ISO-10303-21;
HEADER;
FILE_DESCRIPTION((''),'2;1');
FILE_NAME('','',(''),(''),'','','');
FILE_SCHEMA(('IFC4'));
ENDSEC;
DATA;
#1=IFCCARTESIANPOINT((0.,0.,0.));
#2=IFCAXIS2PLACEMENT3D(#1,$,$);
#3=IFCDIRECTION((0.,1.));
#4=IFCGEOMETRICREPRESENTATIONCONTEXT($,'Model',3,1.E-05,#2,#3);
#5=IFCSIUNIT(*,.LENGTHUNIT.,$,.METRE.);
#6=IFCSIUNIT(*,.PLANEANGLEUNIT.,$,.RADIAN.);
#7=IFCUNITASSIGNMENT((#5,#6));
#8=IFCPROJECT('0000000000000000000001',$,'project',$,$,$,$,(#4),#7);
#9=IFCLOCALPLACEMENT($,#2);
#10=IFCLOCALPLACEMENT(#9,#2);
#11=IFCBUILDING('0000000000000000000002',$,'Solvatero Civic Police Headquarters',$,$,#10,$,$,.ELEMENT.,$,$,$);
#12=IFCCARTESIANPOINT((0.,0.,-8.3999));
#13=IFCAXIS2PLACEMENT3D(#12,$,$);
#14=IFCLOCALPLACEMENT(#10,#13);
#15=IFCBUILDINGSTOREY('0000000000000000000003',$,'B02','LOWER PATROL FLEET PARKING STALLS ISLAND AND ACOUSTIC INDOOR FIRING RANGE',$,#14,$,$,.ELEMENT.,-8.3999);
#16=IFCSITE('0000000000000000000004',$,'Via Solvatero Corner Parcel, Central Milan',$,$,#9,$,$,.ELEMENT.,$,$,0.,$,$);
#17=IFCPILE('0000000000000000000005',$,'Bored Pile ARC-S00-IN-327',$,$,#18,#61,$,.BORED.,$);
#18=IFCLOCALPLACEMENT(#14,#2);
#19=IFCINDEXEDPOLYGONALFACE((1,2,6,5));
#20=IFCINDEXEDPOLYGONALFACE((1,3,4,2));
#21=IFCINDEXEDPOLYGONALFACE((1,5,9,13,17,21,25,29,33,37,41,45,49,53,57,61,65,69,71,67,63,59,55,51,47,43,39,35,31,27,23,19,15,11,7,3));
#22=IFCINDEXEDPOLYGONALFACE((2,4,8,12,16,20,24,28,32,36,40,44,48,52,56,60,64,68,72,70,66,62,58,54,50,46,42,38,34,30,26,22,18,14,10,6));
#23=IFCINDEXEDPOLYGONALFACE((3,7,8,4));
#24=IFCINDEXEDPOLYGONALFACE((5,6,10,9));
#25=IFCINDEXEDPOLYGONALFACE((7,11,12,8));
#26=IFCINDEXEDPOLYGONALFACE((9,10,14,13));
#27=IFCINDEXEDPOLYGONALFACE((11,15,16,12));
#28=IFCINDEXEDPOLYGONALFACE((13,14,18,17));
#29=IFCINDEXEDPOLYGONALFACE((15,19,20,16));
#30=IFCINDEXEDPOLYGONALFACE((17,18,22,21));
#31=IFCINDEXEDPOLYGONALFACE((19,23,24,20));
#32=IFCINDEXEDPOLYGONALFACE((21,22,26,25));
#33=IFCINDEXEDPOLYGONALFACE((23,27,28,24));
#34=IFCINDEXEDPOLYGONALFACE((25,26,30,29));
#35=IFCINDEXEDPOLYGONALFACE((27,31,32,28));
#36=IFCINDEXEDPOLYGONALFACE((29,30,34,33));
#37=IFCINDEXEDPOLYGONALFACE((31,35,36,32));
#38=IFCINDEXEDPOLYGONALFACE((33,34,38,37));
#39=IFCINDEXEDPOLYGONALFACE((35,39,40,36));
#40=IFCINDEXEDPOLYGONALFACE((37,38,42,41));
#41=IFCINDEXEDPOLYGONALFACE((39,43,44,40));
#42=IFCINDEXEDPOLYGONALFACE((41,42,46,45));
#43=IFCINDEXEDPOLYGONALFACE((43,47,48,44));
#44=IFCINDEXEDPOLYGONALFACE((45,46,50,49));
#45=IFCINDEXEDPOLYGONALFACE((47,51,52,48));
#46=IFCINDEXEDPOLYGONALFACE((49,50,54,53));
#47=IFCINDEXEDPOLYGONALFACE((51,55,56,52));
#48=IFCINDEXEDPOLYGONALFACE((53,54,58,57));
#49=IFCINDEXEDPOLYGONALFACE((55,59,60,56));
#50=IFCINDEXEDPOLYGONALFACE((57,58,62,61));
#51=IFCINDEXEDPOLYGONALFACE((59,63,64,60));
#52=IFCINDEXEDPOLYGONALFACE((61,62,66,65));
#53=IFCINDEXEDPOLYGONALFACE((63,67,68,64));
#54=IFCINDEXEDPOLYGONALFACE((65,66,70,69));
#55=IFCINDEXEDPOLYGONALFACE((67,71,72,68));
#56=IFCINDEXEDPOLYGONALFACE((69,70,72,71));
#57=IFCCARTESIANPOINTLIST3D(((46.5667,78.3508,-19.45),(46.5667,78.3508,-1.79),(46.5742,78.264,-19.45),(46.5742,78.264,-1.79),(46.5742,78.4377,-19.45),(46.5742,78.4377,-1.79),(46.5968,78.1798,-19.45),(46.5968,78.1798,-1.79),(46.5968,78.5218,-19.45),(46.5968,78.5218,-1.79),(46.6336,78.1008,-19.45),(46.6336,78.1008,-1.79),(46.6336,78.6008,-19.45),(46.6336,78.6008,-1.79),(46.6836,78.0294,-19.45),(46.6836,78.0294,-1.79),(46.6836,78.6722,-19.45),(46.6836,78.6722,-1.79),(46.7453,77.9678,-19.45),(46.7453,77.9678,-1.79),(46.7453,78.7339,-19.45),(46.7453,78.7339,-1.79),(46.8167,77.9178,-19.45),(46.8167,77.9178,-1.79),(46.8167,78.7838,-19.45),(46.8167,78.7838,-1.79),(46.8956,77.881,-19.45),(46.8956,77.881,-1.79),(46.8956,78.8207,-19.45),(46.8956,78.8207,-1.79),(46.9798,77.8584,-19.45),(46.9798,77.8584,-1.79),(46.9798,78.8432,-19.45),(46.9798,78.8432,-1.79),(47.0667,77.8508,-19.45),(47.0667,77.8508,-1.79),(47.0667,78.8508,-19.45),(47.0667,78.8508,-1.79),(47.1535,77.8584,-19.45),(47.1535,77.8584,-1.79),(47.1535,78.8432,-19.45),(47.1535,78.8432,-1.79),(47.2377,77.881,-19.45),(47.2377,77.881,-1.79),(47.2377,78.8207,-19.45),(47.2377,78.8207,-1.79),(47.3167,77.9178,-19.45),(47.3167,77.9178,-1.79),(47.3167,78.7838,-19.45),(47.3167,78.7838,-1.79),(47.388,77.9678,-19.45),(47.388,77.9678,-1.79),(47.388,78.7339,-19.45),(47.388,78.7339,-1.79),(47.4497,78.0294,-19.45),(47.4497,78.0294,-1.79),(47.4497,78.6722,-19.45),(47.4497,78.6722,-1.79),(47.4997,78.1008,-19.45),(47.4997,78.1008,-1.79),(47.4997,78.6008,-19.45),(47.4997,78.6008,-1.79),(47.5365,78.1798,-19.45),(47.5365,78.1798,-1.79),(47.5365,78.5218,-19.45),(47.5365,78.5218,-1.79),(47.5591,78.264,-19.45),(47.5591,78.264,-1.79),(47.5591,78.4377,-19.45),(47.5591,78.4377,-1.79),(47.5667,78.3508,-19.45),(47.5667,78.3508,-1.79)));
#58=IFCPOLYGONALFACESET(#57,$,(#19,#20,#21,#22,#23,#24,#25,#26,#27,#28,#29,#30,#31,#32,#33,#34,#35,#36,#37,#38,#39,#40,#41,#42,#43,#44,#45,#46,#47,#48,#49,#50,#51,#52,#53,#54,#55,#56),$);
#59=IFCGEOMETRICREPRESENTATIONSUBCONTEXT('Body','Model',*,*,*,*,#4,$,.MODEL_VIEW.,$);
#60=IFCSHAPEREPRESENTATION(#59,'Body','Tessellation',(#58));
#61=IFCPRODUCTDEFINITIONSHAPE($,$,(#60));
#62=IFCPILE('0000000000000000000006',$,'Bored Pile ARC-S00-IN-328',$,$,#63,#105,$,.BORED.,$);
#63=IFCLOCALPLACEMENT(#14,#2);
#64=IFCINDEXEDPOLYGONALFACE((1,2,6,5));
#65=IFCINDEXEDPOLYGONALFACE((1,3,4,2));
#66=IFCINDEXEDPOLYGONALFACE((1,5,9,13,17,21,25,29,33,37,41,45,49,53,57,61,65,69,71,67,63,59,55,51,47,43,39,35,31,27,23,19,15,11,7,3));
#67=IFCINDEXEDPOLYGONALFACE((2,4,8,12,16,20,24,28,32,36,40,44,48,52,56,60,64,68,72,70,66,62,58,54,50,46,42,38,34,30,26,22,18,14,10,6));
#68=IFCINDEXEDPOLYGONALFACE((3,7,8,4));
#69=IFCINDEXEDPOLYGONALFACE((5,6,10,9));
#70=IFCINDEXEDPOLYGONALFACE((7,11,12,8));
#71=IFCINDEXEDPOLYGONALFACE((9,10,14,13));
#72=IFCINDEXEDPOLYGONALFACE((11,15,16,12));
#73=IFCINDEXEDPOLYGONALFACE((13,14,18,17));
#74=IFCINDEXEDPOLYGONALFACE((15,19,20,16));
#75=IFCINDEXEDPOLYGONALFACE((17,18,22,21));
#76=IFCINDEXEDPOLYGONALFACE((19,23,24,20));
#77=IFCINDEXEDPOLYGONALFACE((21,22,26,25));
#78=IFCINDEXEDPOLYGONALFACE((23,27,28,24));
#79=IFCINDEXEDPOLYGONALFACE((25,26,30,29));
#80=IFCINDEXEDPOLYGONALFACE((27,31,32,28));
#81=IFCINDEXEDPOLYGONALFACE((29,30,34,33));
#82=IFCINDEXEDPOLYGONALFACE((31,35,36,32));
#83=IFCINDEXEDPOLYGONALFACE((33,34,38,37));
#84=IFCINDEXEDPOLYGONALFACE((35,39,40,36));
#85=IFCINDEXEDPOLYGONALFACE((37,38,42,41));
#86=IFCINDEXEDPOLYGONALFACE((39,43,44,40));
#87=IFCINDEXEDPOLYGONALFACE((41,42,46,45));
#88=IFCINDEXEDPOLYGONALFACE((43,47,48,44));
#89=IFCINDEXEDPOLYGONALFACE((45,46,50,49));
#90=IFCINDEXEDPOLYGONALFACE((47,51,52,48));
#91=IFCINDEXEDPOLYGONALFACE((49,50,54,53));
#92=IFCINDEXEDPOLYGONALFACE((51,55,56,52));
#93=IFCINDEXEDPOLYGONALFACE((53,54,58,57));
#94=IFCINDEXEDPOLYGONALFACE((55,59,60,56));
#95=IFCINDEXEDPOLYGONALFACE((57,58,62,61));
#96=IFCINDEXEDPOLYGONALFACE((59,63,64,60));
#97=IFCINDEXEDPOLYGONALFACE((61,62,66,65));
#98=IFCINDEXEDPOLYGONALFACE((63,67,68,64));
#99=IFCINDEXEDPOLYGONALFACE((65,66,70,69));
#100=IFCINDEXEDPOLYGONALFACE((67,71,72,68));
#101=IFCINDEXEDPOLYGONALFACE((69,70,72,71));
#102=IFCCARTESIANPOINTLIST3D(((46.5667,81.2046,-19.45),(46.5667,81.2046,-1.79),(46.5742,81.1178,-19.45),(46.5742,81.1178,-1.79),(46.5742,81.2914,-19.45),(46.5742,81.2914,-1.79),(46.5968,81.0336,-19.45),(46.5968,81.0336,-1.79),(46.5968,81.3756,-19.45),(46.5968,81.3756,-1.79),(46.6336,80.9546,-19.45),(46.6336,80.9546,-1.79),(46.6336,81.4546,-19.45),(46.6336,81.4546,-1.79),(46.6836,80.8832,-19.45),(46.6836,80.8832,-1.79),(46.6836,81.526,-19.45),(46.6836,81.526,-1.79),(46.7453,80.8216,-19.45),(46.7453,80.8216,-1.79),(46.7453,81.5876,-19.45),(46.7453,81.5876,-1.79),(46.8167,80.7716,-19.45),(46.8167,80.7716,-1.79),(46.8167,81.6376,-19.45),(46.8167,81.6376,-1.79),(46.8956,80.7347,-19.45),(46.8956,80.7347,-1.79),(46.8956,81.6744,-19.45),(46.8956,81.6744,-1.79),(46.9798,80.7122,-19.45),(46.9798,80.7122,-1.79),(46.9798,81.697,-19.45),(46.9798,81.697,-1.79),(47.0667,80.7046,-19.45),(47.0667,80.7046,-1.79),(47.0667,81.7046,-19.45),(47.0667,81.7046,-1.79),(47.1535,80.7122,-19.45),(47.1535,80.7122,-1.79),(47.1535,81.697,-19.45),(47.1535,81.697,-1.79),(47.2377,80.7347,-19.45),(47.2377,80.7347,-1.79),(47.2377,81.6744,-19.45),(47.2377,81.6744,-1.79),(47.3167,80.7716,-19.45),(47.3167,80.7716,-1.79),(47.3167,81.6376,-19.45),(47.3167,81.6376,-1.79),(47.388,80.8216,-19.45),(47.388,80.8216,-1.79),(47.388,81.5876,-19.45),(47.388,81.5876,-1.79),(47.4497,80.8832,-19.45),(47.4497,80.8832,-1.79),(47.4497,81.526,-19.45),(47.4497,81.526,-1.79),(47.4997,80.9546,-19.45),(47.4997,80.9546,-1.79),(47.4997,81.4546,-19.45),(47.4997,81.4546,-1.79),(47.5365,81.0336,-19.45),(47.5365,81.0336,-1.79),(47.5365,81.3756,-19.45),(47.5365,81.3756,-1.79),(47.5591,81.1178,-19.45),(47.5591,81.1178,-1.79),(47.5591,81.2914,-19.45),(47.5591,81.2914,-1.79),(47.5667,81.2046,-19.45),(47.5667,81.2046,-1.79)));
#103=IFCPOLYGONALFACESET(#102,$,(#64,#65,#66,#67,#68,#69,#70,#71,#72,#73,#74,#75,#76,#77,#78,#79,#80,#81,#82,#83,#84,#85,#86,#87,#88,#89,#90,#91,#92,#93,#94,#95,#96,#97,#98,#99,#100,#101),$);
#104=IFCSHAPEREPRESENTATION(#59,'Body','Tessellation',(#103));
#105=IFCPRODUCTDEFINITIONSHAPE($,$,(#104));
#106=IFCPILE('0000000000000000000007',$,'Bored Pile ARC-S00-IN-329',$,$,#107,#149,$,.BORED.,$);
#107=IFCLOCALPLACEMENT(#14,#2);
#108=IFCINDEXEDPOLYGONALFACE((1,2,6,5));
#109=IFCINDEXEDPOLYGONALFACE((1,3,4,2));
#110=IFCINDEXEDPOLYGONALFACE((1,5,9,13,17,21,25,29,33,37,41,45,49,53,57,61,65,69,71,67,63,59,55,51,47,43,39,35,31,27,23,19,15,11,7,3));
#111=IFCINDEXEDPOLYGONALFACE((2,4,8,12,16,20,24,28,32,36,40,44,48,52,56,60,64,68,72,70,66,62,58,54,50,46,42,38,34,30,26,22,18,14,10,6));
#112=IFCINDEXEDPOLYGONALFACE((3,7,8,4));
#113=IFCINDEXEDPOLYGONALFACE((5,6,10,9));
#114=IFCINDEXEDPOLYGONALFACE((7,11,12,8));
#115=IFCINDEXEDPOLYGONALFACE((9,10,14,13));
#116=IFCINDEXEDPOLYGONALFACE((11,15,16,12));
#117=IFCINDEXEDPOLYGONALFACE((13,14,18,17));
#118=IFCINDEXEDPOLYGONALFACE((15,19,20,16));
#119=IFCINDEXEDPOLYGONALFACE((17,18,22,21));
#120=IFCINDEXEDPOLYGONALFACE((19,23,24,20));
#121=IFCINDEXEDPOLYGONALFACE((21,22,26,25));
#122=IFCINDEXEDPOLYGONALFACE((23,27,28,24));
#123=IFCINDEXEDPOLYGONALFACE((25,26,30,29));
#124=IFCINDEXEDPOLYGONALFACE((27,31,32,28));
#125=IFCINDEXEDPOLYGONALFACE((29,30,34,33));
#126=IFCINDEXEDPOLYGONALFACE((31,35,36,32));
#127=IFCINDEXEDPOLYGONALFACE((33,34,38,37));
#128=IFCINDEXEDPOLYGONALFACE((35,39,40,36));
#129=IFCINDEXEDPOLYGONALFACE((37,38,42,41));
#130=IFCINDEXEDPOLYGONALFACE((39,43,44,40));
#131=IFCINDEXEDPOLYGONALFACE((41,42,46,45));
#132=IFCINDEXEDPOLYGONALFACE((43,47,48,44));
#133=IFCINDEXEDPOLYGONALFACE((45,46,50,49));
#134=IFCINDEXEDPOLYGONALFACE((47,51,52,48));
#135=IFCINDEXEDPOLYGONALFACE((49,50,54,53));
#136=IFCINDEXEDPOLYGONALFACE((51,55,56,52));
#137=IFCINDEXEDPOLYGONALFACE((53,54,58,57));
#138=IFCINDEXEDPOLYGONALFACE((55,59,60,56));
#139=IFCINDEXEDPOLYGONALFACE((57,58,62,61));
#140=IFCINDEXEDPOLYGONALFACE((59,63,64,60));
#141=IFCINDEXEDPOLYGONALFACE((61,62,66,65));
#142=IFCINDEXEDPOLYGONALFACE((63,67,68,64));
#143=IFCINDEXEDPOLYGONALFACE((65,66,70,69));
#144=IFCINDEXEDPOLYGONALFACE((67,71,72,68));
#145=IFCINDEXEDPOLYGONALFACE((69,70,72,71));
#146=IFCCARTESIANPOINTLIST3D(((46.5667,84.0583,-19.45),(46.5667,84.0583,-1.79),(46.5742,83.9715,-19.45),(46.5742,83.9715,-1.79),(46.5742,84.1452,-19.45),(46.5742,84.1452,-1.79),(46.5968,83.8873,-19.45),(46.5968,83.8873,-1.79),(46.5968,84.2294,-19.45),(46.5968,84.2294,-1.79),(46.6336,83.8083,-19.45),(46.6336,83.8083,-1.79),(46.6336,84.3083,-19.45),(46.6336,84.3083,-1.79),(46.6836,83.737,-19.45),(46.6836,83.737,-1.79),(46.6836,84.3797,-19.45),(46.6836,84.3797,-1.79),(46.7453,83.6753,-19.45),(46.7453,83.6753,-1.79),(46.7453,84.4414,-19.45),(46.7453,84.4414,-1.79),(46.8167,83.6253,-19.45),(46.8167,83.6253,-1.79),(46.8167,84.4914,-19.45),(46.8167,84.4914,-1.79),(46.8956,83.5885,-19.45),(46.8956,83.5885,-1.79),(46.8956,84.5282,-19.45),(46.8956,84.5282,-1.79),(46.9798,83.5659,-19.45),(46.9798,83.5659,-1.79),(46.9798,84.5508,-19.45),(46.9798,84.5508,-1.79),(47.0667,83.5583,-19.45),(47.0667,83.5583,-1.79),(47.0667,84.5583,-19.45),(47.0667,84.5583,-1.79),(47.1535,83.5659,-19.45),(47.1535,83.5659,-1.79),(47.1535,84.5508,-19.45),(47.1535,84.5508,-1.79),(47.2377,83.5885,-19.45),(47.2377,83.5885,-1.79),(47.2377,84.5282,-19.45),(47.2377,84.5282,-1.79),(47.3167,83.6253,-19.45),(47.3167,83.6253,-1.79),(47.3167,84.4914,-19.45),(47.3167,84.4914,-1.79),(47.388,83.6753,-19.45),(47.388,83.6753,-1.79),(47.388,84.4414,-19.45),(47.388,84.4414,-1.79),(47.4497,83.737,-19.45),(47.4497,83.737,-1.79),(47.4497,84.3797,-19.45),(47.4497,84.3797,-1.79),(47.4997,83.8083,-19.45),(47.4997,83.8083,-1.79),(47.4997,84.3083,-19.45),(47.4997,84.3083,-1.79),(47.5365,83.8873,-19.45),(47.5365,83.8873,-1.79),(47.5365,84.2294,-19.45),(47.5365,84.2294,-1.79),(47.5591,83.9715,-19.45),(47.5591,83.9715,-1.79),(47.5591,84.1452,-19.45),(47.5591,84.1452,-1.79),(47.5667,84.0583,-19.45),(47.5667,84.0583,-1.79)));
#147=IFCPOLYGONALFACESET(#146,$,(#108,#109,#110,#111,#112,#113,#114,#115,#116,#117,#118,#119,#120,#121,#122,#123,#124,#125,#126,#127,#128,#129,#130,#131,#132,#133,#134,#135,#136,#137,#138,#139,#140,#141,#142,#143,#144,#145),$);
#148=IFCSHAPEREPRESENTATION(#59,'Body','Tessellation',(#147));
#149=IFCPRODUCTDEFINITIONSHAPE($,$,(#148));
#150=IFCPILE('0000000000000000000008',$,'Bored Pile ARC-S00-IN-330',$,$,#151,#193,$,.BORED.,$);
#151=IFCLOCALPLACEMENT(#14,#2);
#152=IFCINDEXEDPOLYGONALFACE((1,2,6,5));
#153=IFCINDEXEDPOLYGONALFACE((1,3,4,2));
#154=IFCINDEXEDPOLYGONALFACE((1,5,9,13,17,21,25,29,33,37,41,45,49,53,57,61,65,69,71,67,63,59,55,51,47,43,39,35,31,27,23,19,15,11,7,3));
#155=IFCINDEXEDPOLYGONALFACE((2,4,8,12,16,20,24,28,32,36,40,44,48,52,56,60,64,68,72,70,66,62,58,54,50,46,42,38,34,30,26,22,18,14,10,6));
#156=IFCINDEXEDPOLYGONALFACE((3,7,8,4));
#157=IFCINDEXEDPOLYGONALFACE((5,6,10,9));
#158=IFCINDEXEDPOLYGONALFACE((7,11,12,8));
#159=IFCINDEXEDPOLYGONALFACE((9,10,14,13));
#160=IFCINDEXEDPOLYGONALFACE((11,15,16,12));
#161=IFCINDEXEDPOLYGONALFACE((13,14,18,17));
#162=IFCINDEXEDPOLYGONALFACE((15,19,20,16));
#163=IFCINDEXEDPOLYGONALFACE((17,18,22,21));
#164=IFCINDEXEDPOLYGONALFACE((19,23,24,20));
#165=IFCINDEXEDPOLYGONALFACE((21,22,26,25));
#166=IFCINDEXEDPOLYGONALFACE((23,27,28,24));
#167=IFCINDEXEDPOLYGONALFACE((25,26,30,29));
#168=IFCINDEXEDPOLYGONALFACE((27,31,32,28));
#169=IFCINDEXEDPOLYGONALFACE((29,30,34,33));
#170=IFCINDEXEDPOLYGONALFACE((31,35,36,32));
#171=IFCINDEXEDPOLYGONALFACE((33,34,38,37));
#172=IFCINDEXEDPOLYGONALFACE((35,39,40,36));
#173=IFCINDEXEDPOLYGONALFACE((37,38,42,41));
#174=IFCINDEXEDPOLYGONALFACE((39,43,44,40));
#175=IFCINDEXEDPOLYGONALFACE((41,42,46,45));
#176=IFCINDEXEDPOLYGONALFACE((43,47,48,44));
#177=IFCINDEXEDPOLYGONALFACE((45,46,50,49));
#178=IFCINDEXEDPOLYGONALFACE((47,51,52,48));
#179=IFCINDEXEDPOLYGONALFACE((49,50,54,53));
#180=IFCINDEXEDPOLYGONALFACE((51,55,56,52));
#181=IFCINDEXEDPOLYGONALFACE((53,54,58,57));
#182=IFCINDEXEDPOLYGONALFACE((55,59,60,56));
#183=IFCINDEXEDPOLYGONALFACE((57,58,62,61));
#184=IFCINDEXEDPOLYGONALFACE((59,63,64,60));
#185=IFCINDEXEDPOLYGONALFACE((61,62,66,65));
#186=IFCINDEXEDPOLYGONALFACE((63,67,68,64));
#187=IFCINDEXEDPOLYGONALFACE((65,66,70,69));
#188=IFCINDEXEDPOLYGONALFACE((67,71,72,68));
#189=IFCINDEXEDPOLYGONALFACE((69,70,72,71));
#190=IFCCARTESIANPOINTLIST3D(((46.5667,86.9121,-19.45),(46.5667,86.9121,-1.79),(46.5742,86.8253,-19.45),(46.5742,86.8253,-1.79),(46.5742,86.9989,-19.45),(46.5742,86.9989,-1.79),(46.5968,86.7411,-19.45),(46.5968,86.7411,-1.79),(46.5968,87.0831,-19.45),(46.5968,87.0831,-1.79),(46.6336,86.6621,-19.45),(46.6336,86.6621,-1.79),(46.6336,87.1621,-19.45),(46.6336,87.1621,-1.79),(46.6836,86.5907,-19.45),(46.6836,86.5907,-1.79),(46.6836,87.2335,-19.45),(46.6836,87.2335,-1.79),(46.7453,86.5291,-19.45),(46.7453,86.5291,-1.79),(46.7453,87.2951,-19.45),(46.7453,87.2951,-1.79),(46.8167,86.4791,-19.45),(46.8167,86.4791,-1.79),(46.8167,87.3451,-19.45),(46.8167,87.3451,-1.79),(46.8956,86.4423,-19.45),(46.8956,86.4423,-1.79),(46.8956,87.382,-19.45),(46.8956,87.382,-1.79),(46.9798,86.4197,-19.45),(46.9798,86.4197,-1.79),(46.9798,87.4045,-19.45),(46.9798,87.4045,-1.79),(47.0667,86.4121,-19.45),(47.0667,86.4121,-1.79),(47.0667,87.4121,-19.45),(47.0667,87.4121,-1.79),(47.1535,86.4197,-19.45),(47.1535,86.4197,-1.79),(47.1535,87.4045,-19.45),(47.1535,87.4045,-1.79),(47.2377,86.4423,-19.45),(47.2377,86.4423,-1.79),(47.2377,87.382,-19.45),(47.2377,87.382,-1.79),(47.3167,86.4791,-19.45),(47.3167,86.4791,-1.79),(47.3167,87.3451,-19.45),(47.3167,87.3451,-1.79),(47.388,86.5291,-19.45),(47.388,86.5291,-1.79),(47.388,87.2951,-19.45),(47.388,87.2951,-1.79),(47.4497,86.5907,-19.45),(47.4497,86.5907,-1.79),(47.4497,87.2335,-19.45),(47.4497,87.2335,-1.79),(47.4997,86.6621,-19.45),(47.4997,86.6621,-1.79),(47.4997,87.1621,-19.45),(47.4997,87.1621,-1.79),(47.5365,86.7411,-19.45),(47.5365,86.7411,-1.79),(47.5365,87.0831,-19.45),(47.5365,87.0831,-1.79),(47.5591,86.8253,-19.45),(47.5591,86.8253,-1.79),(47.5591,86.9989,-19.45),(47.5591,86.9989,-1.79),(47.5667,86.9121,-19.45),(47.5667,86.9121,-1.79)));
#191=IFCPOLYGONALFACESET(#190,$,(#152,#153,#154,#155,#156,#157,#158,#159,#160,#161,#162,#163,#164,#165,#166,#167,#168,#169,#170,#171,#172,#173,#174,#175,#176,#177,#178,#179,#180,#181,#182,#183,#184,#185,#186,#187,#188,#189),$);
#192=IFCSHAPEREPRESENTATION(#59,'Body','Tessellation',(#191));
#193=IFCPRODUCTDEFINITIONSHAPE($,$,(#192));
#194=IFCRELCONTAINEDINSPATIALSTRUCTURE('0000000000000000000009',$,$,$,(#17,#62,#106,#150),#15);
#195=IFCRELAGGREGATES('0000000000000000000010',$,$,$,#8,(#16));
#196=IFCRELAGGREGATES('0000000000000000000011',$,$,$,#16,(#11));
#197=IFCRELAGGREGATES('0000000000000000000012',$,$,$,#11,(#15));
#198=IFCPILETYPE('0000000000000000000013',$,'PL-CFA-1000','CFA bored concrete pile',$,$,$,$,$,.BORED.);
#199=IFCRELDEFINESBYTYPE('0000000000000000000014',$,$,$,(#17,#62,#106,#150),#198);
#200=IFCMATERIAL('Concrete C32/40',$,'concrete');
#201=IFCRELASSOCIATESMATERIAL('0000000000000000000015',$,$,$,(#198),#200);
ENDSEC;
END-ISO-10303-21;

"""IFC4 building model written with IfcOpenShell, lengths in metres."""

from ifc_helpers import new_model, si_unit, direction, frame, origin, origin_2d, place, context, subcontext, project, spatial, circle, extrude, material, material_profile, profile_set, type_object, element, save


model = new_model("IFC4")

# Units and contexts
model_context = context("Model", 3, precision=1e-05, world=origin(), true_north=direction((0.0, 1.0)))
body_context = subcontext(model_context, "Body", "Model", "MODEL_VIEW")
ifc_project = project(units=[si_unit("LENGTHUNIT", "METRE"), si_unit("PLANEANGLEUNIT", "RADIAN")], contexts=[model_context])

# Site, building, storey
site_placement = place(None, origin())
site = spatial("IfcSite", under=ifc_project, at=site_placement, Name="Via Solvatero Corner Parcel, Central Milan", CompositionType="ELEMENT", RefElevation=0.0)
building_placement = place(site_placement, origin())
building = spatial("IfcBuilding", under=site, at=building_placement, Name="Solvatero Civic Police Headquarters", CompositionType="ELEMENT")
storey_placement = place(building_placement, frame((0.0, 0.0, -8.3999)))
storey = spatial("IfcBuildingStorey", under=building, at=storey_placement, Name="B02", Description="LOWER PATROL FLEET PARKING STALLS ISLAND AND ACOUSTIC INDOOR FIRING RANGE", CompositionType="ELEMENT", Elevation=-8.3999)

# Piles
ifc_material_1 = material(Name="Concrete C32/40", Category="concrete")
ifc_material_profile_1 = material_profile(ifc_material_1, circle(Radius=0.5, at=origin_2d()), Name="CFA PILE D1000")
ifc_profile_set_1 = profile_set([ifc_material_profile_1], Name="Concrete C32/40")
pile_type_1 = type_object("IfcPileType", Name="PL-CFA-1000", Description="CFA bored concrete pile", PredefinedType="BORED", material=ifc_profile_set_1)
for number, where, z_axis, x_axis, name in (
    (1, (47.0667, 78.3508, -1.79), (0.0, 0.0, -1.0), (1.0, 0.0, 0.0), "Bored Pile ARC-S00-IN-327"),
    (2, (47.0667, 81.2046, -1.79), (0.0, 0.0, -1.0), (1.0, 0.0, 0.0), "Bored Pile ARC-S00-IN-328"),
    (3, (47.0667, 84.0583, -1.79), (0.0, 0.0, -1.0), (1.0, 0.0, 0.0), "Bored Pile ARC-S00-IN-329"),
    (4, (47.0667, 86.9121, -1.79), (0.0, 0.0, -1.0), (1.0, 0.0, 0.0), "Bored Pile ARC-S00-IN-330"),
):
    element("IfcPile", number, at=place(storey_placement, frame(where, z_axis=z_axis, x_axis=x_axis)), inside=storey, type_object=pile_type_1, Name=name, PredefinedType="BORED", context=body_context, shape_type="SweptSolid", body=[
        extrude(circle(Radius=0.5, at=origin_2d()), origin(), (0.0, 0.0, 1.0), 17.6599),
    ])

save(model, "model.ifc")
